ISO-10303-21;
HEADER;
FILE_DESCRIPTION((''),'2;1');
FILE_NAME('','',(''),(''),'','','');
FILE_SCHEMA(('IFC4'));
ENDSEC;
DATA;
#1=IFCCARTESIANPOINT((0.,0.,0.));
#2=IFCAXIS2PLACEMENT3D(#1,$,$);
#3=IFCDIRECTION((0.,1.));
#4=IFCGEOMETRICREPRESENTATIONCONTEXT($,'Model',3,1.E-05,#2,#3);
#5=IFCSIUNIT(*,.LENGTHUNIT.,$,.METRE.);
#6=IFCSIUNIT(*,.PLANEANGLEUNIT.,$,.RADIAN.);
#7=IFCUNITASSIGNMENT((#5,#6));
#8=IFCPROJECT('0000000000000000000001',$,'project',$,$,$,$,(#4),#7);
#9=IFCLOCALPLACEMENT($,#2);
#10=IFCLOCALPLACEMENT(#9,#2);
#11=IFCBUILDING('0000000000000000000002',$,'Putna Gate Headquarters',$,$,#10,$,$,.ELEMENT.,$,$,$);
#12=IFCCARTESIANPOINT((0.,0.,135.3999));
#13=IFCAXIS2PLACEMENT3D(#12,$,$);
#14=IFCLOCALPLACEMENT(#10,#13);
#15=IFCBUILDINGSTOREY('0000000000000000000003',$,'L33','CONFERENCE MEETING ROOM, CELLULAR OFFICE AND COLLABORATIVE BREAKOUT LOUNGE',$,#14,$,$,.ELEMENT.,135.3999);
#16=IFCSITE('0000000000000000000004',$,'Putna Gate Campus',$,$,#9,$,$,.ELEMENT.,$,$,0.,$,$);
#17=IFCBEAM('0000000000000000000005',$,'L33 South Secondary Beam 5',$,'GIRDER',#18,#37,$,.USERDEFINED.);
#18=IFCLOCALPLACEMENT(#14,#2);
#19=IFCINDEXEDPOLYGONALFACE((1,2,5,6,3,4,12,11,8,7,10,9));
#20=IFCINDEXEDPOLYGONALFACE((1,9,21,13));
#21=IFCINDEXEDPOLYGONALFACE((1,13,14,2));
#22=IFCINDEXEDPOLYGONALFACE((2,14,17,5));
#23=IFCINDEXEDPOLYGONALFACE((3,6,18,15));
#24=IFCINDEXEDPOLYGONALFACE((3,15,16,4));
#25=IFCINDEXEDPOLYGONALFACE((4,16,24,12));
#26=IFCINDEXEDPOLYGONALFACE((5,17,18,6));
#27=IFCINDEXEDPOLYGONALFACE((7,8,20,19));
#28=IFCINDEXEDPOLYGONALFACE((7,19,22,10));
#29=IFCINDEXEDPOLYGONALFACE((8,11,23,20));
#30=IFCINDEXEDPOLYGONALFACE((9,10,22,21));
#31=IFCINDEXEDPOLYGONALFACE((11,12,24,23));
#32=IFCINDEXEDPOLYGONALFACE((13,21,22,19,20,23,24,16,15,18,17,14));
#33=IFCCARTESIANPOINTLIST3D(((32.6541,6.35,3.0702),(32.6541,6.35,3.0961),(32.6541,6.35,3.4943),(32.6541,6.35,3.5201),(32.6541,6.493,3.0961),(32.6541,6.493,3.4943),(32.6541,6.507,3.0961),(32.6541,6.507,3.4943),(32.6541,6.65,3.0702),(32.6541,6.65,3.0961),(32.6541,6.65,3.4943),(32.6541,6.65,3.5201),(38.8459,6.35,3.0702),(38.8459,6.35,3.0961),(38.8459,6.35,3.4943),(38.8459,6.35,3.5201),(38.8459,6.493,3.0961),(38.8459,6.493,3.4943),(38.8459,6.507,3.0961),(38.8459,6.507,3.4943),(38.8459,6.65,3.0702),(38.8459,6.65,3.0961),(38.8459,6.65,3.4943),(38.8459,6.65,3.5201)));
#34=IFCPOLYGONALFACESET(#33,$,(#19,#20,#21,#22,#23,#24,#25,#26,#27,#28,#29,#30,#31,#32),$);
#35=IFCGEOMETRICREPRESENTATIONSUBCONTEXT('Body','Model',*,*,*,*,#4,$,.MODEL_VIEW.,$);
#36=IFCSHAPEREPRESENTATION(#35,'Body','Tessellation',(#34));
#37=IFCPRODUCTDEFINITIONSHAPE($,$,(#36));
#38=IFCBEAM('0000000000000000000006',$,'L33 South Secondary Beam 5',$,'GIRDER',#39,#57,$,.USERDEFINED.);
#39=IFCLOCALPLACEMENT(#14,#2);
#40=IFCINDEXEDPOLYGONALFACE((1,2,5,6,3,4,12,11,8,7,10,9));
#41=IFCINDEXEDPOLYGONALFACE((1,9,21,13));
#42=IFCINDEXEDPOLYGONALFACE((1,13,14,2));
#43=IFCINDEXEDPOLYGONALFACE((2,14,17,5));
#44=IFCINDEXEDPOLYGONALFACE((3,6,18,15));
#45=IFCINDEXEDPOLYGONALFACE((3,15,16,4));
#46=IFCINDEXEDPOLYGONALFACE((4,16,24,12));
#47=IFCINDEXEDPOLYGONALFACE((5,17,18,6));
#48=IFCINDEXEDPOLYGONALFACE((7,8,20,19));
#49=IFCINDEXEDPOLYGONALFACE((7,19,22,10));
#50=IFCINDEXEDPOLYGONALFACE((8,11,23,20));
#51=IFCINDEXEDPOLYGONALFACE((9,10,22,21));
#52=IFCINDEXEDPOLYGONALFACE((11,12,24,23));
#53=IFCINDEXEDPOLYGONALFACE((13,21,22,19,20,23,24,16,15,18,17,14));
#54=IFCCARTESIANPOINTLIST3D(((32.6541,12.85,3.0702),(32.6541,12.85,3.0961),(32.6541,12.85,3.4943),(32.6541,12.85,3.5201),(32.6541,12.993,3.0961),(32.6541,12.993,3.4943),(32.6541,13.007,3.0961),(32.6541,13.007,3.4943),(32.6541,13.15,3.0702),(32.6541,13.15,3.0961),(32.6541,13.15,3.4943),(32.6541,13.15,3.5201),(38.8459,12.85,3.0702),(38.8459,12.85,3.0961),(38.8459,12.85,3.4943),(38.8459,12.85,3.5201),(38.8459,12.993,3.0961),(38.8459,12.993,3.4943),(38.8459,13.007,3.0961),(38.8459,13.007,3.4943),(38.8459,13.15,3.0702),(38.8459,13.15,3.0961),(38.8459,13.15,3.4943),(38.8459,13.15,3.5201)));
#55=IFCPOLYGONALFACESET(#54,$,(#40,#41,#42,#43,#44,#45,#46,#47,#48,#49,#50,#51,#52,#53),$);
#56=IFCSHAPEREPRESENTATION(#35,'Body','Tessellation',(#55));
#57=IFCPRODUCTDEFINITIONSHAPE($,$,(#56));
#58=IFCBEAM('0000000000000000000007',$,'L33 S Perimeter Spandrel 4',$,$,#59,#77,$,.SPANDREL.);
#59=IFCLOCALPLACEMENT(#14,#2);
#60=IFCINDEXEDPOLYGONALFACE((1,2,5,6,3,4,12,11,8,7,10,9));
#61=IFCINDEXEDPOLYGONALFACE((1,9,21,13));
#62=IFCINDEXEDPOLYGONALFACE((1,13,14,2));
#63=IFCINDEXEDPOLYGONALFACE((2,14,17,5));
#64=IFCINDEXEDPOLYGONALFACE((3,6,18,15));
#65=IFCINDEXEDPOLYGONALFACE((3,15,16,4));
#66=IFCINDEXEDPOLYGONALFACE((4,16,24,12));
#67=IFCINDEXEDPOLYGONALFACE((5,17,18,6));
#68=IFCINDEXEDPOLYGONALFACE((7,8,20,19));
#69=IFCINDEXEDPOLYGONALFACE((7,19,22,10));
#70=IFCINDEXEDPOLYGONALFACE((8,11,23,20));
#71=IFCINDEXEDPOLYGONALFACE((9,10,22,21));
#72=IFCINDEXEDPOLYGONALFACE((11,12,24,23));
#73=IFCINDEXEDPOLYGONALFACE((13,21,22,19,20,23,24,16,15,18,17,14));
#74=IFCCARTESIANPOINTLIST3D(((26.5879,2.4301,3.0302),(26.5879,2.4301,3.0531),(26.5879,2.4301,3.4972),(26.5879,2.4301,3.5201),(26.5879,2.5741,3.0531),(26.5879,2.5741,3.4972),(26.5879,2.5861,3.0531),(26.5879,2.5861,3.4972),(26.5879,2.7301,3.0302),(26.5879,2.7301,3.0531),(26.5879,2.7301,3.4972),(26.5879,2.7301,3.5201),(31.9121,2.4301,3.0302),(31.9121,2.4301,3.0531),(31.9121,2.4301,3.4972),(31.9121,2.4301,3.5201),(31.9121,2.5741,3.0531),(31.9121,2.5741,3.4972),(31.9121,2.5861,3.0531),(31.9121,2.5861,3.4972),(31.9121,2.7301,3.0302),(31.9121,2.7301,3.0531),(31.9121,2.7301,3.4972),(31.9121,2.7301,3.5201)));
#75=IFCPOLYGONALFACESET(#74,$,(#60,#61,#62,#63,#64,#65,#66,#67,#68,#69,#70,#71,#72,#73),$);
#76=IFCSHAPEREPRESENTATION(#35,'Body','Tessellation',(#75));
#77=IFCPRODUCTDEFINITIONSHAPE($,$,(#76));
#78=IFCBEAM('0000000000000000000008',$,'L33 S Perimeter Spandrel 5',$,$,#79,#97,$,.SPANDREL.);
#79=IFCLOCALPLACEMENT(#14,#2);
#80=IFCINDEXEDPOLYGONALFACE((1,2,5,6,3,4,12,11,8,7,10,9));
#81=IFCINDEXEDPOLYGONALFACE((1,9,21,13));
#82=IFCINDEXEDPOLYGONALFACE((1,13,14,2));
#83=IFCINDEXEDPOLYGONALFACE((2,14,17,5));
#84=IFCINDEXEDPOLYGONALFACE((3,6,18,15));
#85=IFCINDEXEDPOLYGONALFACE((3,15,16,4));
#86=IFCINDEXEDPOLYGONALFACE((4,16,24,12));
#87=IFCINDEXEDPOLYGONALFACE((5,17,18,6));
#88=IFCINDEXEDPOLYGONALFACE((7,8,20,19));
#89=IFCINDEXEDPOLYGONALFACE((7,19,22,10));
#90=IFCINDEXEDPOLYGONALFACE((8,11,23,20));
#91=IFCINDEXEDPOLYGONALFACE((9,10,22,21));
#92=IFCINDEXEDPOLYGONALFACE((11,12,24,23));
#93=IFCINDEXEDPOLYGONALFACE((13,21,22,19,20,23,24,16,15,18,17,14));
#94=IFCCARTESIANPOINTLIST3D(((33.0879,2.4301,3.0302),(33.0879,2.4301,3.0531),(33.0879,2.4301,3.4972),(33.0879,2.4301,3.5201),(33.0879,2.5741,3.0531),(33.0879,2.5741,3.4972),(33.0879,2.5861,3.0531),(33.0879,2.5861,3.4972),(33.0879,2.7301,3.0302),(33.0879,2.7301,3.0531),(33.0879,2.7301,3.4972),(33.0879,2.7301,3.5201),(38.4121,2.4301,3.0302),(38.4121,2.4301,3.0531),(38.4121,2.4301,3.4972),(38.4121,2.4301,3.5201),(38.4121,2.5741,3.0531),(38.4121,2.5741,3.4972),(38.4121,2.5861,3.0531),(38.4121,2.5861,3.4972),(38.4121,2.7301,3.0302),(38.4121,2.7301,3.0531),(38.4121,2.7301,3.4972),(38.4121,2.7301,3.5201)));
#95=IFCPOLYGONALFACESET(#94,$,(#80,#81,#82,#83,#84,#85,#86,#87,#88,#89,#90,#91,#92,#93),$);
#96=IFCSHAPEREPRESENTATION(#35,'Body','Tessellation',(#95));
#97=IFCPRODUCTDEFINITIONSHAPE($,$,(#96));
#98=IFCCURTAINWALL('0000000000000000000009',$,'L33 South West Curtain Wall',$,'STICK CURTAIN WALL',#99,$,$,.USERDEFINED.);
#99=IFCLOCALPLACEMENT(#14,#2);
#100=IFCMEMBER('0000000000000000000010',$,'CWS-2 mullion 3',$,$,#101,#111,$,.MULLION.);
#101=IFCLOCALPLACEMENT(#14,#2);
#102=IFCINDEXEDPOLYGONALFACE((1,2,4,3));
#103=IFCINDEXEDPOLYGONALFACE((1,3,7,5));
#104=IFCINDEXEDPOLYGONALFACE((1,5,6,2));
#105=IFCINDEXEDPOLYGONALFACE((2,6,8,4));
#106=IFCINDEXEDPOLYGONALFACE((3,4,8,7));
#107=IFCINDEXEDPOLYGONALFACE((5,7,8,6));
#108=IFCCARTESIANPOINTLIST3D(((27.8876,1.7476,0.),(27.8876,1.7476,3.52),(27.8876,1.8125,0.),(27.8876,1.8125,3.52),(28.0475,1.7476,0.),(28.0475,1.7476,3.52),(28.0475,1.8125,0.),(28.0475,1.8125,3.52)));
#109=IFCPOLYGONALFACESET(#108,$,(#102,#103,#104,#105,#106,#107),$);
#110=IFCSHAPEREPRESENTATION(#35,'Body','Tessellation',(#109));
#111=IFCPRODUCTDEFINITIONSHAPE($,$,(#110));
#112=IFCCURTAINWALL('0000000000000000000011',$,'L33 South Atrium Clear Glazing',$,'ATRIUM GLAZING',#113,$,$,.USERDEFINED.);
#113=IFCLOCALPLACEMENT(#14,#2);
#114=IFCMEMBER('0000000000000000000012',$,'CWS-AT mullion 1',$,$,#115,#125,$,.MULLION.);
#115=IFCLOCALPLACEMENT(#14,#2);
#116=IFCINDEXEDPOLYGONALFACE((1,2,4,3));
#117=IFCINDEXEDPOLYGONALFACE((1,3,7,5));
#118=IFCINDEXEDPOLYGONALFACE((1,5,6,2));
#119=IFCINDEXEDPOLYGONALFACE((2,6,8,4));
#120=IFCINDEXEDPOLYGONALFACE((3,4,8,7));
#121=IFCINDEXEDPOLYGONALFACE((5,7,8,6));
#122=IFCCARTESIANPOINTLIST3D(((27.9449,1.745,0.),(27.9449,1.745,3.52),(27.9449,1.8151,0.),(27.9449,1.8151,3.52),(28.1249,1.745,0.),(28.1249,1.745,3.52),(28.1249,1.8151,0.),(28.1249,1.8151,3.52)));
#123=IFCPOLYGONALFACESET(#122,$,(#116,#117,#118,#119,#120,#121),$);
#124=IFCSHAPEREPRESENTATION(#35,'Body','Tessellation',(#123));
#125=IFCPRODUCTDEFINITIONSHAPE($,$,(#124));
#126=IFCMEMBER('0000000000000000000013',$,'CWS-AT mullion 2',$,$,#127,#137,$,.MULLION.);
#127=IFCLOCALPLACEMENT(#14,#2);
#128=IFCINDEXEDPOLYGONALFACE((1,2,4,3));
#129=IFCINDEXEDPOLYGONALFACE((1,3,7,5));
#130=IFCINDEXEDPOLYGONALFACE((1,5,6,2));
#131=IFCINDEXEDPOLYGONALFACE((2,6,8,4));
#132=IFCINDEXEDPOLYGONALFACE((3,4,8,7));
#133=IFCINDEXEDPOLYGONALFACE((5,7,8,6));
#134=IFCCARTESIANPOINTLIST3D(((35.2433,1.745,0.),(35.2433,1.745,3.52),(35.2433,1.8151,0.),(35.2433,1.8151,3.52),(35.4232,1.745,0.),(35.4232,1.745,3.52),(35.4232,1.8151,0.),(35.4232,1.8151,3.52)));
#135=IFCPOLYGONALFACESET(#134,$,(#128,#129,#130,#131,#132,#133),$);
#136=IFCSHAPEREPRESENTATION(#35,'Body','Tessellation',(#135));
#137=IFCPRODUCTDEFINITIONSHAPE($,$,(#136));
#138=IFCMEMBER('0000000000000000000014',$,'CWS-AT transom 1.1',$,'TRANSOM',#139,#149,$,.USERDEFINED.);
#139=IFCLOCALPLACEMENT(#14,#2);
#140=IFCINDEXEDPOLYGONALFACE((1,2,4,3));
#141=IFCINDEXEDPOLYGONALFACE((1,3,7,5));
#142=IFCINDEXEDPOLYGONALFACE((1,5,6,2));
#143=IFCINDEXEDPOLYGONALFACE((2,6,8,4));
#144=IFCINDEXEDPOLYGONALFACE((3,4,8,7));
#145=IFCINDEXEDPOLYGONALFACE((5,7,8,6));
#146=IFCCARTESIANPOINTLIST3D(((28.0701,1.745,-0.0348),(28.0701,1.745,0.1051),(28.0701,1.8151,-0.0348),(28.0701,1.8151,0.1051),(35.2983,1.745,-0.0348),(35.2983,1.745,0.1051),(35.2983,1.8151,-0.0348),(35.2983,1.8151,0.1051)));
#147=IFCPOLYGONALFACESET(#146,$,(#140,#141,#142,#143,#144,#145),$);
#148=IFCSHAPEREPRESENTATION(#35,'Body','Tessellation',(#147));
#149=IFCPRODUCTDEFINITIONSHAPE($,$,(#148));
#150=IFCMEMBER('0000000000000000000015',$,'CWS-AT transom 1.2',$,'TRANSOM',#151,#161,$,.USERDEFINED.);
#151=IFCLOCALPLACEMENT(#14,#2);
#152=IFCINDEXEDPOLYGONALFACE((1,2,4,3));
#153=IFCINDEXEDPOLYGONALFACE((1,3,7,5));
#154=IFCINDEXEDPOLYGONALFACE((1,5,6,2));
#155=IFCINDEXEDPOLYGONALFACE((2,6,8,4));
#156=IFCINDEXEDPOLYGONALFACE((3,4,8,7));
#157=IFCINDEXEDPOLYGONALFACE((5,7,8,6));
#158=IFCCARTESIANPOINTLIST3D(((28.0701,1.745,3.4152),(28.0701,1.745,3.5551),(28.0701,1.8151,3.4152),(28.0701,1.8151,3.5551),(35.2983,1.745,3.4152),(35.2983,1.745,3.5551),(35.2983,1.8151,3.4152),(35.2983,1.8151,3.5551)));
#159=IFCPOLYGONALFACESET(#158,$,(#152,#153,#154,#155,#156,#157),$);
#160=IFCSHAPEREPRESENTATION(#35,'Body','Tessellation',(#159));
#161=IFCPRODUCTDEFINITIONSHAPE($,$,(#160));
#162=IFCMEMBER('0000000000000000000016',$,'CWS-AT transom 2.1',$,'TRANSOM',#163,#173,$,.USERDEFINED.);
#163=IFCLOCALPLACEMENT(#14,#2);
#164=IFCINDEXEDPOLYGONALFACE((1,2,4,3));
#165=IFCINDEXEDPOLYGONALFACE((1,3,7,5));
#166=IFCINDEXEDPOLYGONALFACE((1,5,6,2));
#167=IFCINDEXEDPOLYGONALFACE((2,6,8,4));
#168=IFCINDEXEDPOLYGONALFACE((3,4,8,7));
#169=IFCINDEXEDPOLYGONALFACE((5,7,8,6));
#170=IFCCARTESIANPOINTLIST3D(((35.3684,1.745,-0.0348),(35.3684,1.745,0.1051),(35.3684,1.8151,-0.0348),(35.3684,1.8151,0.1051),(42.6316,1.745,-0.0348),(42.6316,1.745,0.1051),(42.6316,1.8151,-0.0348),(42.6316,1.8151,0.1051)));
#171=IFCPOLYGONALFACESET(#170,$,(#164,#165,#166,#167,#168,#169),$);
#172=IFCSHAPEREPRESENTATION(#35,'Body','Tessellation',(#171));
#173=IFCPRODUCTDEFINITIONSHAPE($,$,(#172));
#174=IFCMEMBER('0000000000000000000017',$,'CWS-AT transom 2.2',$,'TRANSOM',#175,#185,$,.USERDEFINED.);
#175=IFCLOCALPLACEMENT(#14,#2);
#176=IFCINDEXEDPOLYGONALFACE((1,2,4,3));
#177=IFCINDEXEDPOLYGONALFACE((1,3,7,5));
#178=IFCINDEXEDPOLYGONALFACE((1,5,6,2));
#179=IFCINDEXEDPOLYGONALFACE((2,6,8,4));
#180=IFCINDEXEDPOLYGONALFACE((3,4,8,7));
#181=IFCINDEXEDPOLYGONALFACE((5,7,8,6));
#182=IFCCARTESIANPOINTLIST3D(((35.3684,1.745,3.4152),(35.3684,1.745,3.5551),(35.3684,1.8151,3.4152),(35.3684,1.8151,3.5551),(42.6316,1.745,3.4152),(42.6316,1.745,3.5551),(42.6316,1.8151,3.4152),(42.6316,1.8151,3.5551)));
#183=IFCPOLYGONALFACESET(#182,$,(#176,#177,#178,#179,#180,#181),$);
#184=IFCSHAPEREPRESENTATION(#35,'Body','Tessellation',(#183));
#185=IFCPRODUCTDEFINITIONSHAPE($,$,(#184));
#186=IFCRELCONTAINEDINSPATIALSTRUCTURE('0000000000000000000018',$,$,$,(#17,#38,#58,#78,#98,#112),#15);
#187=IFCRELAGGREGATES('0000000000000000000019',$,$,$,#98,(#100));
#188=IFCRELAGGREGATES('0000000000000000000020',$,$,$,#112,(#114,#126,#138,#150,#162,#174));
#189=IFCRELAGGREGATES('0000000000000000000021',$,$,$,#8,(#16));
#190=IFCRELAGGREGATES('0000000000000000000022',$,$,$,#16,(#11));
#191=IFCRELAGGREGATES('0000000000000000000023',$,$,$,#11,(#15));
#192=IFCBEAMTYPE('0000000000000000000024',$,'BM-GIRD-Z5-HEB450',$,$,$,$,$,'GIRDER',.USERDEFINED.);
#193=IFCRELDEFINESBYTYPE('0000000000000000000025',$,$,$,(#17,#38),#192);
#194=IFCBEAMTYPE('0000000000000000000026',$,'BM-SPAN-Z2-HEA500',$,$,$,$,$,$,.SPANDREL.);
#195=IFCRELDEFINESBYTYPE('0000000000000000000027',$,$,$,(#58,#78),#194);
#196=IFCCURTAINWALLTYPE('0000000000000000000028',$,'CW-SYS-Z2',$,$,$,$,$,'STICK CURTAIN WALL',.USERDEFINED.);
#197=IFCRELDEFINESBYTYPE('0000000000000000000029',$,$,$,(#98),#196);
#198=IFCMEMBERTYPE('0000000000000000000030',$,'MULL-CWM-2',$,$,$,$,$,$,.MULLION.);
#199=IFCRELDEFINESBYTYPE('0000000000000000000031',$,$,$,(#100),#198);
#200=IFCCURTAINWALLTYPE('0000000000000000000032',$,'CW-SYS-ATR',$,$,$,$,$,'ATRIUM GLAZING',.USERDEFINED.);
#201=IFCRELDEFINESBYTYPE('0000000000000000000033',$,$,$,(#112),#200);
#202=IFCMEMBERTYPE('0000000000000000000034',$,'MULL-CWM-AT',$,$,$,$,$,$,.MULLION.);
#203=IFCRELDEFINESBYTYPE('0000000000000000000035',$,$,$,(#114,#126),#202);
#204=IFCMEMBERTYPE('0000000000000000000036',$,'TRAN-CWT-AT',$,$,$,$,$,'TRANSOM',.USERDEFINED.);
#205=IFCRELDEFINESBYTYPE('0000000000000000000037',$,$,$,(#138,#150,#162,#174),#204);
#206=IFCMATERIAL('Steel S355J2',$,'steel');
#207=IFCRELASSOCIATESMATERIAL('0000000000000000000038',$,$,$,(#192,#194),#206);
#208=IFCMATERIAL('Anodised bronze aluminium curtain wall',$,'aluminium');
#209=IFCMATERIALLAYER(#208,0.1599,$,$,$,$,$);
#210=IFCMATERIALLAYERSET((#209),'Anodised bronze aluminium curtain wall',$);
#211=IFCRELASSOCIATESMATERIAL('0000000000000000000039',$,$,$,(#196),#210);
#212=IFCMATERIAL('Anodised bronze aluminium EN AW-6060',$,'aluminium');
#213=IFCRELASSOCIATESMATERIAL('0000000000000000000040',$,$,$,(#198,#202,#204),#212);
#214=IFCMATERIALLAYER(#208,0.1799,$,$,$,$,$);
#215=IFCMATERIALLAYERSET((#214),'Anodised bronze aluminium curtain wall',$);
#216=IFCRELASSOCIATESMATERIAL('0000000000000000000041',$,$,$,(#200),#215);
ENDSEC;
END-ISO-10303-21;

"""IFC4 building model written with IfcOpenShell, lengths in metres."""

from ifc_helpers import new_model, si_unit, direction, frame, origin, origin_2d, place, context, subcontext, project, spatial, rectangle, i_section, extrude, material, layer, layer_set, material_profile, profile_set, type_object, element, aggregate, save


model = new_model("IFC4")

# Units and contexts
model_context = context("Model", 3, precision=1e-05, world=origin(), true_north=direction((0.0, 1.0)))
body_context = subcontext(model_context, "Body", "Model", "MODEL_VIEW")
ifc_project = project(units=[si_unit("LENGTHUNIT", "METRE"), si_unit("PLANEANGLEUNIT", "RADIAN")], contexts=[model_context])

# Site, building, storey
site_placement = place(None, origin())
site = spatial("IfcSite", under=ifc_project, at=site_placement, Name="Putna Gate Campus", CompositionType="ELEMENT", RefElevation=0.0)
building_placement = place(site_placement, origin())
building = spatial("IfcBuilding", under=site, at=building_placement, Name="Putna Gate Headquarters", CompositionType="ELEMENT")
storey_placement = place(building_placement, frame((0.0, 0.0, 135.3999)))
storey = spatial("IfcBuildingStorey", under=building, at=storey_placement, Name="L33", Description="CONFERENCE MEETING ROOM, CELLULAR OFFICE AND COLLABORATIVE BREAKOUT LOUNGE", CompositionType="ELEMENT", Elevation=135.3999)

# Beams
ifc_material_1 = material(Name="Steel S355J2", Category="steel")
ifc_material_profile_1 = material_profile(ifc_material_1, i_section(OverallWidth=0.3, OverallDepth=0.45, WebThickness=0.0139, FlangeThickness=0.0259, at=origin_2d()), Name="Steel S355J2")
ifc_profile_set_1 = profile_set([ifc_material_profile_1], Name="Steel S355J2")
beam_type_1 = type_object("IfcBeamType", Name="BM-GIRD-Z5-HEB450", ElementType="GIRDER", PredefinedType="USERDEFINED", material=ifc_profile_set_1)
for number, where, z_axis, x_axis, name in (
    (1, (32.6541, 6.5, 3.2952), (1.0, 0.0, 0.0), (0.0, 1.0, 0.0), "L33 South Secondary Beam 5"),
    (2, (32.6541, 13.0, 3.2952), (1.0, 0.0, 0.0), (0.0, 1.0, 0.0), "L33 South Secondary Beam 5"),
):
    element("IfcBeam", number, at=place(storey_placement, frame(where, z_axis=z_axis, x_axis=x_axis)), inside=storey, type_object=beam_type_1, Name=name, ObjectType="GIRDER", PredefinedType="USERDEFINED", context=body_context, shape_type="SweptSolid", body=[
        extrude(i_section(OverallWidth=0.3, OverallDepth=0.45, WebThickness=0.0139, FlangeThickness=0.0259, at=origin_2d()), origin(), (0.0, 0.0, 1.0), 6.1919),
    ])
ifc_material_profile_2 = material_profile(ifc_material_1, i_section(OverallWidth=0.3, OverallDepth=0.49, WebThickness=0.012, FlangeThickness=0.0229, at=origin_2d()), Name="Steel S355J2")
ifc_profile_set_2 = profile_set([ifc_material_profile_2], Name="Steel S355J2")
beam_type_2 = type_object("IfcBeamType", Name="BM-SPAN-Z2-HEA500", PredefinedType="SPANDREL", material=ifc_profile_set_2)
for number, where, z_axis, x_axis, name in (
    (3, (26.5879, 2.5801, 3.2751), (1.0, 0.0, 0.0), (0.0, 1.0, 0.0), "L33 S Perimeter Spandrel 4"),
    (4, (33.0879, 2.5801, 3.2751), (1.0, 0.0, 0.0), (0.0, 1.0, 0.0), "L33 S Perimeter Spandrel 5"),
):
    element("IfcBeam", number, at=place(storey_placement, frame(where, z_axis=z_axis, x_axis=x_axis)), inside=storey, type_object=beam_type_2, Name=name, PredefinedType="SPANDREL", context=body_context, shape_type="SweptSolid", body=[
        extrude(i_section(OverallWidth=0.3, OverallDepth=0.49, WebThickness=0.012, FlangeThickness=0.0229, at=origin_2d()), origin(), (0.0, 0.0, 1.0), 5.3242),
    ])

# Curtain wall, member
ifc_material_2 = material(Name="Anodised bronze aluminium curtain wall", Category="aluminium")
ifc_layer_1 = layer(ifc_material_2, 0.1599)
ifc_layer_set_1 = layer_set([ifc_layer_1], Name="Anodised bronze aluminium curtain wall")
curtain_wall_type_1 = type_object("IfcCurtainWallType", Name="CW-SYS-Z2", ElementType="STICK CURTAIN WALL", PredefinedType="USERDEFINED", material=ifc_layer_set_1)
curtain_wall_1_placement = place(storey_placement, origin())
curtain_wall_1 = element("IfcCurtainWall", 5, at=curtain_wall_1_placement, inside=storey, type_object=curtain_wall_type_1, Name="L33 South West Curtain Wall", ObjectType="STICK CURTAIN WALL", PredefinedType="USERDEFINED")
ifc_material_3 = material(Name="Anodised bronze aluminium EN AW-6060", Category="aluminium")
ifc_material_profile_3 = material_profile(ifc_material_3, rectangle(XDim=0.0649, YDim=0.1599, at=origin_2d()), Name="Anodised bronze aluminium EN AW-6060")
ifc_profile_set_3 = profile_set([ifc_material_profile_3], Name="Anodised bronze aluminium EN AW-6060")
member_type_1 = type_object("IfcMemberType", Name="MULL-CWM-2", PredefinedType="MULLION", material=ifc_profile_set_3)
member_1_placement = place(storey_placement, frame((27.9675, 1.78, 0.0), z_axis=(0.0, 0.0, 1.0), x_axis=(0.0, 1.0, 0.0)))
member_1 = element("IfcMember", 6, at=member_1_placement, type_object=member_type_1, Name="CWS-2 mullion 3", PredefinedType="MULLION", context=body_context, shape_type="SweptSolid", body=[
    extrude(rectangle(XDim=0.0649, YDim=0.1599, at=origin_2d()), origin(), (0.0, 0.0, 1.0), 3.52),
])
aggregate(curtain_wall_1, [member_1])

# Curtain wall, members
ifc_layer_2 = layer(ifc_material_2, 0.1799)
ifc_layer_set_2 = layer_set([ifc_layer_2], Name="Anodised bronze aluminium curtain wall")
curtain_wall_type_2 = type_object("IfcCurtainWallType", Name="CW-SYS-ATR", ElementType="ATRIUM GLAZING", PredefinedType="USERDEFINED", material=ifc_layer_set_2)
curtain_wall_2_placement = place(storey_placement, origin())
curtain_wall_2 = element("IfcCurtainWall", 7, at=curtain_wall_2_placement, inside=storey, type_object=curtain_wall_type_2, Name="L33 South Atrium Clear Glazing", ObjectType="ATRIUM GLAZING", PredefinedType="USERDEFINED")
ifc_material_profile_4 = material_profile(ifc_material_3, rectangle(XDim=0.0701, YDim=0.1799, at=origin_2d()), Name="Anodised bronze aluminium EN AW-6060")
ifc_profile_set_4 = profile_set([ifc_material_profile_4], Name="Anodised bronze aluminium EN AW-6060")
member_type_2 = type_object("IfcMemberType", Name="MULL-CWM-AT", PredefinedType="MULLION", material=ifc_profile_set_4)
member_2_placement = place(storey_placement, frame((28.0349, 1.78, 0.0), z_axis=(0.0, 0.0, 1.0), x_axis=(0.0, 1.0, 0.0)))
member_2 = element("IfcMember", 8, at=member_2_placement, type_object=member_type_2, Name="CWS-AT mullion 1", PredefinedType="MULLION", context=body_context, shape_type="SweptSolid", body=[
    extrude(rectangle(XDim=0.0701, YDim=0.1799, at=origin_2d()), origin(), (0.0, 0.0, 1.0), 3.52),
])
member_3_placement = place(storey_placement, frame((35.3333, 1.78, 0.0), z_axis=(0.0, 0.0, 1.0), x_axis=(0.0, 1.0, 0.0)))
member_3 = element("IfcMember", 9, at=member_3_placement, type_object=member_type_2, Name="CWS-AT mullion 2", PredefinedType="MULLION", context=body_context, shape_type="SweptSolid", body=[
    extrude(rectangle(XDim=0.0701, YDim=0.1799, at=origin_2d()), origin(), (0.0, 0.0, 1.0), 3.52),
])
ifc_material_profile_5 = material_profile(ifc_material_3, rectangle(XDim=0.0701, YDim=0.1399, at=origin_2d()), Name="Anodised bronze aluminium EN AW-6060")
ifc_profile_set_5 = profile_set([ifc_material_profile_5], Name="Anodised bronze aluminium EN AW-6060")
member_type_3 = type_object("IfcMemberType", Name="TRAN-CWT-AT", ElementType="TRANSOM", PredefinedType="USERDEFINED", material=ifc_profile_set_5)
member_4_placement = place(storey_placement, frame((28.0701, 1.78, 0.0352), z_axis=(1.0, 0.0, 0.0), x_axis=(0.0, 1.0, 0.0)))
member_4 = element("IfcMember", 10, at=member_4_placement, type_object=member_type_3, Name="CWS-AT transom 1.1", ObjectType="TRANSOM", PredefinedType="USERDEFINED", context=body_context, shape_type="SweptSolid", body=[
    extrude(rectangle(XDim=0.0701, YDim=0.1399, at=origin_2d()), origin(), (0.0, 0.0, 1.0), 7.2283),
])
member_5_placement = place(storey_placement, frame((28.0701, 1.78, 3.4851), z_axis=(1.0, 0.0, 0.0), x_axis=(0.0, 1.0, 0.0)))
member_5 = element("IfcMember", 11, at=member_5_placement, type_object=member_type_3, Name="CWS-AT transom 1.2", ObjectType="TRANSOM", PredefinedType="USERDEFINED", context=body_context, shape_type="SweptSolid", body=[
    extrude(rectangle(XDim=0.0701, YDim=0.1399, at=origin_2d()), origin(), (0.0, 0.0, 1.0), 7.2283),
])
member_6_placement = place(storey_placement, frame((35.3684, 1.78, 0.0352), z_axis=(1.0, 0.0, 0.0), x_axis=(0.0, 1.0, 0.0)))
member_6 = element("IfcMember", 12, at=member_6_placement, type_object=member_type_3, Name="CWS-AT transom 2.1", ObjectType="TRANSOM", PredefinedType="USERDEFINED", context=body_context, shape_type="SweptSolid", body=[
    extrude(rectangle(XDim=0.0701, YDim=0.1399, at=origin_2d()), origin(), (0.0, 0.0, 1.0), 7.2632),
])
member_7_placement = place(storey_placement, frame((35.3684, 1.78, 3.4851), z_axis=(1.0, 0.0, 0.0), x_axis=(0.0, 1.0, 0.0)))
member_7 = element("IfcMember", 13, at=member_7_placement, type_object=member_type_3, Name="CWS-AT transom 2.2", ObjectType="TRANSOM", PredefinedType="USERDEFINED", context=body_context, shape_type="SweptSolid", body=[
    extrude(rectangle(XDim=0.0701, YDim=0.1399, at=origin_2d()), origin(), (0.0, 0.0, 1.0), 7.2632),
])
aggregate(curtain_wall_2, [member_2, member_3, member_4, member_5, member_6, member_7])

save(model, "model.ifc")
